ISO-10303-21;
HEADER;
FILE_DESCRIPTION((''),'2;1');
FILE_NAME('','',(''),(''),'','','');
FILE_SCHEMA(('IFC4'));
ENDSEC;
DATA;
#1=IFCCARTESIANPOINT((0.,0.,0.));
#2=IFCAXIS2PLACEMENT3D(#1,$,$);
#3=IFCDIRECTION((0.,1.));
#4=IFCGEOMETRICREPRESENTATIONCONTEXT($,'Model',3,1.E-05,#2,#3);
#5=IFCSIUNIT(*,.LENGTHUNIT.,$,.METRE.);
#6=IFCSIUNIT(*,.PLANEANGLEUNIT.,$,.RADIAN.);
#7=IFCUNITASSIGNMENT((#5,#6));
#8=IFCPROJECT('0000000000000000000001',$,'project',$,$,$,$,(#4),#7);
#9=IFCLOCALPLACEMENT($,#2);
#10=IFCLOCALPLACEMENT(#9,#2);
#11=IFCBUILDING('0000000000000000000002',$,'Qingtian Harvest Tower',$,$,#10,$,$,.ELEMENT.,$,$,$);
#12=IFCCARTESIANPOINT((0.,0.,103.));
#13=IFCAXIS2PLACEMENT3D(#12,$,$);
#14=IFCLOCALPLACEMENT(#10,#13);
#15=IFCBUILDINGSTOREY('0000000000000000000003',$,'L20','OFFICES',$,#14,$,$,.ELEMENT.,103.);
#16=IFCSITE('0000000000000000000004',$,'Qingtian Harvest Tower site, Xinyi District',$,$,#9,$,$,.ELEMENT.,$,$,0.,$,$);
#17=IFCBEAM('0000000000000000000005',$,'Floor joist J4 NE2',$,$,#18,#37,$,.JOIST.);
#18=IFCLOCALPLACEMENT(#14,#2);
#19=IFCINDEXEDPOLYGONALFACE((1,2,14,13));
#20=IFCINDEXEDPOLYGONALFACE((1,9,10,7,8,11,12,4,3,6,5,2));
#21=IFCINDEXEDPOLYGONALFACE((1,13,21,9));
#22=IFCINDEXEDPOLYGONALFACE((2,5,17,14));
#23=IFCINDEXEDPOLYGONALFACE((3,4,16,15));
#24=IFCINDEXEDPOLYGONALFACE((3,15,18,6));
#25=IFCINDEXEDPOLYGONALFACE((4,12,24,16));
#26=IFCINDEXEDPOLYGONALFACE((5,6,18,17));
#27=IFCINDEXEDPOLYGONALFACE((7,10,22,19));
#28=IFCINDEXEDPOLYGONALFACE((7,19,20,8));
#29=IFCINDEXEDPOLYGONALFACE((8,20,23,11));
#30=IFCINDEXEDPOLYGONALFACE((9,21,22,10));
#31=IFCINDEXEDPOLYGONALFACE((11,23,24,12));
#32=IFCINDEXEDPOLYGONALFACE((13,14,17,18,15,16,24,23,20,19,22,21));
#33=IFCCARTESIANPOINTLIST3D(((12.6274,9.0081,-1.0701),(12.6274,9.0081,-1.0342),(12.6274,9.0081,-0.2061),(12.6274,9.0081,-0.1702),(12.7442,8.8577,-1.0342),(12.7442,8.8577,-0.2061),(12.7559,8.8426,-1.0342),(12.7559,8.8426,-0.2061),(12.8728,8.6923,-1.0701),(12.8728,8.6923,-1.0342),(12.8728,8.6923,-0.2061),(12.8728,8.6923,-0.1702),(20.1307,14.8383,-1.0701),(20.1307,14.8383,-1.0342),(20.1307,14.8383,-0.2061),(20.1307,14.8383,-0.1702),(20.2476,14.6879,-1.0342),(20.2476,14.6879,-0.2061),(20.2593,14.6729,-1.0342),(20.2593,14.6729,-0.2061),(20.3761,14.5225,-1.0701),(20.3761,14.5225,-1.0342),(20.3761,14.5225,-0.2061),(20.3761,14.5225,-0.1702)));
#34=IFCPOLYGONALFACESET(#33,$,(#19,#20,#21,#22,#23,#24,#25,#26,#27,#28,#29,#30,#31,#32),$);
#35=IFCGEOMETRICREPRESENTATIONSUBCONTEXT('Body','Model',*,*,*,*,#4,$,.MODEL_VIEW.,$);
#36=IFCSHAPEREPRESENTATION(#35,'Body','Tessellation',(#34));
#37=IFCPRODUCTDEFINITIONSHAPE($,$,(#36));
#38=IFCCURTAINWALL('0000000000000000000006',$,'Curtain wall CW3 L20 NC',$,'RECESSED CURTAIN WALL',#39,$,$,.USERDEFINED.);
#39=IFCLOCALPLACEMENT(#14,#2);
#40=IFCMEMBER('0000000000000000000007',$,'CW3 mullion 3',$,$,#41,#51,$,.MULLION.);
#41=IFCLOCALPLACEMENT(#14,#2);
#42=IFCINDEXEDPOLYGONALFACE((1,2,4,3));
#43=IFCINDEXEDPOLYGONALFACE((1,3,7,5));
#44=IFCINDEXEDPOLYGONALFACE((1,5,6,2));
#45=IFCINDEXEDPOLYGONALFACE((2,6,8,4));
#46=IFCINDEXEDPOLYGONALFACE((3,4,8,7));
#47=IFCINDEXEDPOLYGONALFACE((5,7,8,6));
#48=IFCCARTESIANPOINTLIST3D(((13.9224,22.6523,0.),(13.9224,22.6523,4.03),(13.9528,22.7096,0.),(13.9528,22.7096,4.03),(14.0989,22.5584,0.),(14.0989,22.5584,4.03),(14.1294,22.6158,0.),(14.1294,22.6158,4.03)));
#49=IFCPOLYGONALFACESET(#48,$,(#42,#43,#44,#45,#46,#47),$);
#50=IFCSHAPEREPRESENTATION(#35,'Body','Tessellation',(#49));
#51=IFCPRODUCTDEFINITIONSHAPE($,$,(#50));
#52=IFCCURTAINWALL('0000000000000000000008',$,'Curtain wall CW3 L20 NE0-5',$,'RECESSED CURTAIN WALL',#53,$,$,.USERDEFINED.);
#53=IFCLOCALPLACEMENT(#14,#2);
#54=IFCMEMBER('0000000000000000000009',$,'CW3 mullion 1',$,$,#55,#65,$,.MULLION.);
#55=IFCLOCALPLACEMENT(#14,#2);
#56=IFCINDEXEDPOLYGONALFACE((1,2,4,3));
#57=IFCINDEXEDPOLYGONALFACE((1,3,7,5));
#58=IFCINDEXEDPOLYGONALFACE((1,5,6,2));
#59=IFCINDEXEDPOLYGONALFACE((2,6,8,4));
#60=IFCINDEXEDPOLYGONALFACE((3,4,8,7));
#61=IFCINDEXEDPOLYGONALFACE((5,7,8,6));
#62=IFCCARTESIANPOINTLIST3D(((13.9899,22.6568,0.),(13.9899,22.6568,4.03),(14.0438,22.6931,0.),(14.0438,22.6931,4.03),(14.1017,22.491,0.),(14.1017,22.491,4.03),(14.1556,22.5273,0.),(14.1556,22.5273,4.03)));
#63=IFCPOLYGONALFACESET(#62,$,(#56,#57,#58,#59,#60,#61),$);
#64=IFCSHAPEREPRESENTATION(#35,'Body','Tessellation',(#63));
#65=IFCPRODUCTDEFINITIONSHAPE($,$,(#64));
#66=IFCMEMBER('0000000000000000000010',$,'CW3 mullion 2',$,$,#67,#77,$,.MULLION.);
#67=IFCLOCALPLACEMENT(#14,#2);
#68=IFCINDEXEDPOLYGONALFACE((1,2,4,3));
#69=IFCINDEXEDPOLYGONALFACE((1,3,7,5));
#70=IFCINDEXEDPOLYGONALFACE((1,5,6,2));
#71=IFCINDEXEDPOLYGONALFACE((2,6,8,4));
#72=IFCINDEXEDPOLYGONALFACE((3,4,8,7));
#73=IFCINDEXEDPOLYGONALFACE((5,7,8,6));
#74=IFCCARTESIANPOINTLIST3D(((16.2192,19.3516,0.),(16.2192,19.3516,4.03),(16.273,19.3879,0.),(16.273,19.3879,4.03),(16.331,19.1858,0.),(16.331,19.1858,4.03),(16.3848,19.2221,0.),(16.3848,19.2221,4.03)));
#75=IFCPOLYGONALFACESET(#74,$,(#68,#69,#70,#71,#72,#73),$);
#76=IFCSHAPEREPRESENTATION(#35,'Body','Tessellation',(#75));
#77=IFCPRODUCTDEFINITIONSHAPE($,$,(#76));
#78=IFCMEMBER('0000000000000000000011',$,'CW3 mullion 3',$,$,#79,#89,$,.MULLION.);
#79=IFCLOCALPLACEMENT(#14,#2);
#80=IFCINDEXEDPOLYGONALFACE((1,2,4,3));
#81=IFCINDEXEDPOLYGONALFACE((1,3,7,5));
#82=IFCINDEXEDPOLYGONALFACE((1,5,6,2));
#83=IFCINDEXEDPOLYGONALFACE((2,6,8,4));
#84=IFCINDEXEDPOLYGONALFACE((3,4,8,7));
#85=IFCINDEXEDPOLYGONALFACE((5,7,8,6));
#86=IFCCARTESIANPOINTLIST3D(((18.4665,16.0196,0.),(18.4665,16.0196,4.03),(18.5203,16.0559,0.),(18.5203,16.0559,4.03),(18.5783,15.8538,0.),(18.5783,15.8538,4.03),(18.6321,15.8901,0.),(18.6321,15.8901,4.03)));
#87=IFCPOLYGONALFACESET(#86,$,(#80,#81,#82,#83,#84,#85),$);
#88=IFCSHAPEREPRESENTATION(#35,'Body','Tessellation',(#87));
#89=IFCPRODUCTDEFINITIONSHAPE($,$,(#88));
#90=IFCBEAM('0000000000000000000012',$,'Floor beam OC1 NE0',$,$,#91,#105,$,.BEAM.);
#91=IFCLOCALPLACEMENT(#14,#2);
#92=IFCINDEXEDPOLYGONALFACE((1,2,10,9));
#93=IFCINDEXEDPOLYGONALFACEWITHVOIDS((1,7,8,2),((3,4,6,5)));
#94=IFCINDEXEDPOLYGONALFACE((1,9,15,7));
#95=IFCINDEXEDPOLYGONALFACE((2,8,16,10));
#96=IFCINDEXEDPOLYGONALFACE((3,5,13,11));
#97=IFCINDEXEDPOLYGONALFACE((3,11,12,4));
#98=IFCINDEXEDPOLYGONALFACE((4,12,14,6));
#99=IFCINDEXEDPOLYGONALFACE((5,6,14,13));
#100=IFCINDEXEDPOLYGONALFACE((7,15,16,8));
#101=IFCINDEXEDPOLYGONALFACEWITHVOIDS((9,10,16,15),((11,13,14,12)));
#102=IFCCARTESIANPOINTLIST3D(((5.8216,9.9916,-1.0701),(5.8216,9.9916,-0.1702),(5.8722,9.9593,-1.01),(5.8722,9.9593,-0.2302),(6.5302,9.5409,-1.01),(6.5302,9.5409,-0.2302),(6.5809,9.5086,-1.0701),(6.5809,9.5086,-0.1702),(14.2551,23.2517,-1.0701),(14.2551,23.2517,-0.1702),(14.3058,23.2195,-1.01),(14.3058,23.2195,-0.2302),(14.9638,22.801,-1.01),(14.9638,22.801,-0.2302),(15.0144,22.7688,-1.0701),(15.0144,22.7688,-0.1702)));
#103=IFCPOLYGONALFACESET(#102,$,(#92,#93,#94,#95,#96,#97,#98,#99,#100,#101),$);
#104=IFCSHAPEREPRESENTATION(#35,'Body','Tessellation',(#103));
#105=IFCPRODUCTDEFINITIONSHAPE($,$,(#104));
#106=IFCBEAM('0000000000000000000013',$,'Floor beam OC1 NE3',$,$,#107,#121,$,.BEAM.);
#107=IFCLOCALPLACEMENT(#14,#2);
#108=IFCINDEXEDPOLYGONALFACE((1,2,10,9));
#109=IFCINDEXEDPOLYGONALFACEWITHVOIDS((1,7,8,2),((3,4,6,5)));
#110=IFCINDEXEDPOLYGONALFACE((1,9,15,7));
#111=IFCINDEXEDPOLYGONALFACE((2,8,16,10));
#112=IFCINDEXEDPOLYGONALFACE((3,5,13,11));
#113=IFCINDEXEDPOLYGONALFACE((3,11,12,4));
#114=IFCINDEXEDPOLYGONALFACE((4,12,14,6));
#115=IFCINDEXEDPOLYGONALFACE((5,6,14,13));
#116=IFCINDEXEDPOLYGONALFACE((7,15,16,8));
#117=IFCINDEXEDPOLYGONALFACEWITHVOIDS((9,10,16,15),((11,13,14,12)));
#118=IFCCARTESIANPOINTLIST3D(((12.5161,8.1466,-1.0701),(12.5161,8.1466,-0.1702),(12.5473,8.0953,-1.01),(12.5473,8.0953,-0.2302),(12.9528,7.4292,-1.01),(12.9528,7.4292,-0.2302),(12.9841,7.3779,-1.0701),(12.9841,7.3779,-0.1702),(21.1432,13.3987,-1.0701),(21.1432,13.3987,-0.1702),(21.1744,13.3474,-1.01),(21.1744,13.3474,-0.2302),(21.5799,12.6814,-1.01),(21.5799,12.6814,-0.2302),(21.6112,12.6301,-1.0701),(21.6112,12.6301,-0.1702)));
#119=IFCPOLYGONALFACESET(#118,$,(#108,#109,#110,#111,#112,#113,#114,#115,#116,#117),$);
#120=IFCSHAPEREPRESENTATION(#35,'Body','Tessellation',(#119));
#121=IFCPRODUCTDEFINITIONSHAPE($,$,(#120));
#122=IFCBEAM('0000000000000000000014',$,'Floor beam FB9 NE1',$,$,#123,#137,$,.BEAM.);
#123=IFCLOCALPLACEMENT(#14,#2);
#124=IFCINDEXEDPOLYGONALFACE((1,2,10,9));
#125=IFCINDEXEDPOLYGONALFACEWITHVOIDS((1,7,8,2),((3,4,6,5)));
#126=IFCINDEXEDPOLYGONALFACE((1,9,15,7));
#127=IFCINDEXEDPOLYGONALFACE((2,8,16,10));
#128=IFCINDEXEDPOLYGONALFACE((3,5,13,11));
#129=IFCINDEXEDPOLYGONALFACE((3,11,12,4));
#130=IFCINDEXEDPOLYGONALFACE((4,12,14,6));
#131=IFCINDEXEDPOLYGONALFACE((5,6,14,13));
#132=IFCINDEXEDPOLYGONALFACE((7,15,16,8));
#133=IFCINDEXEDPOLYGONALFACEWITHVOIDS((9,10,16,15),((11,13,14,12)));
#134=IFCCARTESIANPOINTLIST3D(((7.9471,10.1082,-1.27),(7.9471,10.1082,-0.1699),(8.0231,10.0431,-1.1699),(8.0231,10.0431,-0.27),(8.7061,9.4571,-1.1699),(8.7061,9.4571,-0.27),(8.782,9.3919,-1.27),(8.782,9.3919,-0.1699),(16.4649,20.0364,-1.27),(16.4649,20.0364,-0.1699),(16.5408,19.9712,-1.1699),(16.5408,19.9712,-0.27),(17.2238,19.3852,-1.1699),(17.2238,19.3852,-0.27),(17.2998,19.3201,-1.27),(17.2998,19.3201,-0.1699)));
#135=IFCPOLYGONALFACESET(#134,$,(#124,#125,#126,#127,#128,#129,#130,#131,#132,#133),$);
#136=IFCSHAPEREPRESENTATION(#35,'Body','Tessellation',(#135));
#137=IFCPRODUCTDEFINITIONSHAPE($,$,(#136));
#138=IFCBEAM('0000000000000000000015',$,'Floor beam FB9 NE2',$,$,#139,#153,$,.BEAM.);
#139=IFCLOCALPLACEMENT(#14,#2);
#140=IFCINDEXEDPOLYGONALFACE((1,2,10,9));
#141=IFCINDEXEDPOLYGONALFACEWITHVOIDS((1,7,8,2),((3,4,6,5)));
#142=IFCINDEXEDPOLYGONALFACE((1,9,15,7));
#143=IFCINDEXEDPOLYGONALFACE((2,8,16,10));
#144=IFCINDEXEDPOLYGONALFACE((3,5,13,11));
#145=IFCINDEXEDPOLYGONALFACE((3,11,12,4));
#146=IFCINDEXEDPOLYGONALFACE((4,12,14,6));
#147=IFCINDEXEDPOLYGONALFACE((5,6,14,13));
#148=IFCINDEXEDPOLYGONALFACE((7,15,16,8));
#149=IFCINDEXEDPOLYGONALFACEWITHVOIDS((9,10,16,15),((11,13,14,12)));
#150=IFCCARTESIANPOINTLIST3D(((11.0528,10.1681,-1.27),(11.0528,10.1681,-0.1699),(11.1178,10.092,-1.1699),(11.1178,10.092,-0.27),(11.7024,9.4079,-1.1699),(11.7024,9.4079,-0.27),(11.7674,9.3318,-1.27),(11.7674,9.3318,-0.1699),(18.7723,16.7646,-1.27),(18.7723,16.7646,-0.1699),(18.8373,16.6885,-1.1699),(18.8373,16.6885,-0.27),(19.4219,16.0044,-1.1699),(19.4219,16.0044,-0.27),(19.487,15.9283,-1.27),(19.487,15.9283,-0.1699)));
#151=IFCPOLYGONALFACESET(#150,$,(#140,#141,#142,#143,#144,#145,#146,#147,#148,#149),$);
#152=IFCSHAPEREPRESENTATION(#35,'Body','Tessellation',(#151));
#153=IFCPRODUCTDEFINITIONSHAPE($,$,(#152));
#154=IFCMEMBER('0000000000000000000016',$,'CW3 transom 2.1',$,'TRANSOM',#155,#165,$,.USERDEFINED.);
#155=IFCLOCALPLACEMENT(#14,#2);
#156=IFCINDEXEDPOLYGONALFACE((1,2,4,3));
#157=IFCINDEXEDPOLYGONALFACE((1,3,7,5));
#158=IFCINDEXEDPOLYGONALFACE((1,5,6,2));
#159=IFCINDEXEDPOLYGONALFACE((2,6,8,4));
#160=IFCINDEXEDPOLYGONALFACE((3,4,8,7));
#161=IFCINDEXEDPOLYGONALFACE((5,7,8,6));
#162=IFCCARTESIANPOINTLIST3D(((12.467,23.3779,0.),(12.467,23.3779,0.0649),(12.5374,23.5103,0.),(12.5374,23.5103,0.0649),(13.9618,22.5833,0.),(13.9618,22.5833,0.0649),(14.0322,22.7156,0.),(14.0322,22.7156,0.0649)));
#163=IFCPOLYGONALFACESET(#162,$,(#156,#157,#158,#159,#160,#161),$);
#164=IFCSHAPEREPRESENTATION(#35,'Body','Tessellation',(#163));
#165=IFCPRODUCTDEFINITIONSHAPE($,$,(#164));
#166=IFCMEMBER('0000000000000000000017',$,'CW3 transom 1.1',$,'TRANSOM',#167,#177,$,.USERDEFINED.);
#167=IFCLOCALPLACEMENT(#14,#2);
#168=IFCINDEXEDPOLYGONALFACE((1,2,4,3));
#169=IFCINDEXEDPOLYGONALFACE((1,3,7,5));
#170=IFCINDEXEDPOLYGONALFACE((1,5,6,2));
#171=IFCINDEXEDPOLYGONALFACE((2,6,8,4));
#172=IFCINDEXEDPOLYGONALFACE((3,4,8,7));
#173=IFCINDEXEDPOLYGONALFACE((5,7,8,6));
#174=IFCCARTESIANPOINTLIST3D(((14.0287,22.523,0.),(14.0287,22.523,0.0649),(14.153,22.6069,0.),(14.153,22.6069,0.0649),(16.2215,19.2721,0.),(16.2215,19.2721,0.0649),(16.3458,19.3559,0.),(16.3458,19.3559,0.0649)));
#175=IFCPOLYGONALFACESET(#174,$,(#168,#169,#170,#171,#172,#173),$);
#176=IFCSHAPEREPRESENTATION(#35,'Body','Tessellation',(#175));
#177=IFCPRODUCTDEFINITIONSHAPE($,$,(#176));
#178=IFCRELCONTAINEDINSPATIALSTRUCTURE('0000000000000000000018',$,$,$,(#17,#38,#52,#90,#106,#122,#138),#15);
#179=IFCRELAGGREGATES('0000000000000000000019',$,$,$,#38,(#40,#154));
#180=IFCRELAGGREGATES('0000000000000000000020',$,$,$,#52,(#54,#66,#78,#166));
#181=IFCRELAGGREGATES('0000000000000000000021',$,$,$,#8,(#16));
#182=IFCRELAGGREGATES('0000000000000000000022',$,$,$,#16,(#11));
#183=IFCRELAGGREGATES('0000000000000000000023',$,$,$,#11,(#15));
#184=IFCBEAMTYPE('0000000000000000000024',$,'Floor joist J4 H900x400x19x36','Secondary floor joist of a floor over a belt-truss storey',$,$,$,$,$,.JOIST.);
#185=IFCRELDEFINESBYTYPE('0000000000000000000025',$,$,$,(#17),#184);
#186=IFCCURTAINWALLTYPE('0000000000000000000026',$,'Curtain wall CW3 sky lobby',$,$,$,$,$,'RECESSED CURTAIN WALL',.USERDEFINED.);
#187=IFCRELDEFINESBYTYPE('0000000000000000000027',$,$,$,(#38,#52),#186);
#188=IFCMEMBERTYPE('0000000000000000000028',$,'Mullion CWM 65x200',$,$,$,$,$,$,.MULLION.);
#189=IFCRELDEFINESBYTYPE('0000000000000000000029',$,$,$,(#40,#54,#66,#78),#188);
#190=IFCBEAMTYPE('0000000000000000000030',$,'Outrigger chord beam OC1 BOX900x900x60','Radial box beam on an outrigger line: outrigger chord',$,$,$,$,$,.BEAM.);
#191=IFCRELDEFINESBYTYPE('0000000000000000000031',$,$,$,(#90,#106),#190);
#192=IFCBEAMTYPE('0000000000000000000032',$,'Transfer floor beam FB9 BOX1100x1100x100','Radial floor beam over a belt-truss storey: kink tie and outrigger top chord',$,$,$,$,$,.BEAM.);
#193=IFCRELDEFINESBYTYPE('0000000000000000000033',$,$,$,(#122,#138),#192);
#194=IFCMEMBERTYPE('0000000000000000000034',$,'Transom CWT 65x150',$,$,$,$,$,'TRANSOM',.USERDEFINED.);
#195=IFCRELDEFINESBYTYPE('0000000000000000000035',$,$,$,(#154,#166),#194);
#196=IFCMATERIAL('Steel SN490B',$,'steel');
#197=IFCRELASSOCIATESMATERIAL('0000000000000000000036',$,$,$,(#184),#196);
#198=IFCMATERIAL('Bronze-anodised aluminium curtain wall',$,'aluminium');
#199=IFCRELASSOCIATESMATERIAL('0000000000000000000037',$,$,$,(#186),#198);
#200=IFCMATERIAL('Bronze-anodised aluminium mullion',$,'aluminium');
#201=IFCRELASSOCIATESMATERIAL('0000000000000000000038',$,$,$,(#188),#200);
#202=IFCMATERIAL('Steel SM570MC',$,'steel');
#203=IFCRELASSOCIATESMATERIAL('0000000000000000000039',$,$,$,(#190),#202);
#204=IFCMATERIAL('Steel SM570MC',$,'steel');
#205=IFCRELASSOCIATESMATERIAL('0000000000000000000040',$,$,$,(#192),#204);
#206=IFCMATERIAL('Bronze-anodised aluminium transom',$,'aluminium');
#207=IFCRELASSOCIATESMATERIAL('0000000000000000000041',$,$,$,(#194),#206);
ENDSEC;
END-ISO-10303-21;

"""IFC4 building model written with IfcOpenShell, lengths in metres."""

from ifc_helpers import new_model, si_unit, direction, frame, origin, origin_2d, place, context, subcontext, project, spatial, rectangle, hollow_rectangle, i_section, extrude, material, material_profile, profile_set, type_object, element, aggregate, save


model = new_model("IFC4")

# Units and contexts
model_context = context("Model", 3, precision=1e-05, world=origin(), true_north=direction((0.0, 1.0)))
body_context = subcontext(model_context, "Body", "Model", "MODEL_VIEW")
ifc_project = project(units=[si_unit("LENGTHUNIT", "METRE"), si_unit("PLANEANGLEUNIT", "RADIAN")], contexts=[model_context])

# Site, building, storey
site_placement = place(None, origin())
site = spatial("IfcSite", under=ifc_project, at=site_placement, Name="Qingtian Harvest Tower site, Xinyi District", CompositionType="ELEMENT", RefElevation=0.0)
building_placement = place(site_placement, origin())
building = spatial("IfcBuilding", under=site, at=building_placement, Name="Qingtian Harvest Tower", CompositionType="ELEMENT")
storey_placement = place(building_placement, frame((0.0, 0.0, 103.0)))
storey = spatial("IfcBuildingStorey", under=building, at=storey_placement, Name="L20", Description="OFFICES", CompositionType="ELEMENT", Elevation=103.0)

# Beam
ifc_material_1 = material(Name="Steel SN490B", Category="steel")
ifc_material_profile_1 = material_profile(ifc_material_1, i_section(OverallWidth=0.3999, OverallDepth=0.8999, WebThickness=0.019, FlangeThickness=0.0359, at=origin_2d()), Name="H900x400x19x36")
ifc_profile_set_1 = profile_set([ifc_material_profile_1], Name="Steel SN490B")
beam_type_1 = type_object("IfcBeamType", Name="Floor joist J4 H900x400x19x36", Description="Secondary floor joist of a floor over a belt-truss storey", PredefinedType="JOIST", material=ifc_profile_set_1)
beam_1_placement = place(storey_placement, frame((20.2534, 14.6804, -0.6201), z_axis=(-0.789641, -0.613569, 0.0), x_axis=(0.613569, -0.789641, 0.0)))
element("IfcBeam", 1, at=beam_1_placement, inside=storey, type_object=beam_type_1, Name="Floor joist J4 NE2", PredefinedType="JOIST", context=body_context, shape_type="SweptSolid", body=[
    extrude(i_section(OverallWidth=0.3999, OverallDepth=0.8999, WebThickness=0.019, FlangeThickness=0.0359, at=origin_2d()), origin(), (0.0, 0.0, 1.0), 9.5022),
])

# Curtain wall, member
ifc_material_2 = material(Name="Bronze-anodised aluminium curtain wall", Category="aluminium")
curtain_wall_type = type_object("IfcCurtainWallType", Name="Curtain wall CW3 sky lobby", ElementType="RECESSED CURTAIN WALL", PredefinedType="USERDEFINED", material=ifc_material_2)
curtain_wall_1_placement = place(storey_placement, origin())
curtain_wall_1 = element("IfcCurtainWall", 2, at=curtain_wall_1_placement, inside=storey, type_object=curtain_wall_type, Name="Curtain wall CW3 L20 NC", ObjectType="RECESSED CURTAIN WALL", PredefinedType="USERDEFINED")
ifc_material_3 = material(Name="Bronze-anodised aluminium mullion", Category="aluminium")
ifc_material_profile_2 = material_profile(ifc_material_3, rectangle(XDim=0.0649, YDim=0.2, at=origin_2d()), Name="AL 65x200")
ifc_profile_set_2 = profile_set([ifc_material_profile_2], Name="Bronze-anodised aluminium mullion")
member_type_1 = type_object("IfcMemberType", Name="Mullion CWM 65x200", PredefinedType="MULLION", material=ifc_profile_set_2)
member_1_placement = place(storey_placement, frame((14.0259, 22.634, 0.0), z_axis=(0.0, 0.0, 1.0), x_axis=(0.469472, 0.882948, 0.0)))
member_1 = element("IfcMember", 3, at=member_1_placement, type_object=member_type_1, Name="CW3 mullion 3", PredefinedType="MULLION", context=body_context, shape_type="SweptSolid", body=[
    extrude(rectangle(XDim=0.0649, YDim=0.2, at=origin_2d()), origin(), (0.0, 0.0, 1.0), 4.03),
])

# Curtain wall, members
curtain_wall_2_placement = place(storey_placement, origin())
curtain_wall_2 = element("IfcCurtainWall", 4, at=curtain_wall_2_placement, inside=storey, type_object=curtain_wall_type, Name="Curtain wall CW3 L20 NE0-5", ObjectType="RECESSED CURTAIN WALL", PredefinedType="USERDEFINED")
member_2_placement = place(storey_placement, frame((14.0728, 22.592, 0.0), z_axis=(0.0, 0.0, 1.0), x_axis=(0.829038, 0.559193, 0.0)))
member_2 = element("IfcMember", 5, at=member_2_placement, type_object=member_type_1, Name="CW3 mullion 1", PredefinedType="MULLION", context=body_context, shape_type="SweptSolid", body=[
    extrude(rectangle(XDim=0.0649, YDim=0.2, at=origin_2d()), origin(), (0.0, 0.0, 1.0), 4.03),
])
member_3_placement = place(storey_placement, frame((16.302, 19.2869, 0.0), z_axis=(0.0, 0.0, 1.0), x_axis=(0.829038, 0.559193, 0.0)))
member_3 = element("IfcMember", 6, at=member_3_placement, type_object=member_type_1, Name="CW3 mullion 2", PredefinedType="MULLION", context=body_context, shape_type="SweptSolid", body=[
    extrude(rectangle(XDim=0.0649, YDim=0.2, at=origin_2d()), origin(), (0.0, 0.0, 1.0), 4.03),
])
member_4_placement = place(storey_placement, frame((18.5493, 15.9548, 0.0), z_axis=(0.0, 0.0, 1.0), x_axis=(0.829038, 0.559193, 0.0)))
member_4 = element("IfcMember", 7, at=member_4_placement, type_object=member_type_1, Name="CW3 mullion 3", PredefinedType="MULLION", context=body_context, shape_type="SweptSolid", body=[
    extrude(rectangle(XDim=0.0649, YDim=0.2, at=origin_2d()), origin(), (0.0, 0.0, 1.0), 4.03),
])

# Beams
ifc_material_4 = material(Name="Steel SM570MC", Category="steel")
ifc_material_profile_3 = material_profile(ifc_material_4, hollow_rectangle(XDim=0.8999, YDim=0.8999, WallThickness=0.0601, at=origin_2d()), Name="BOX900x900x60")
ifc_profile_set_3 = profile_set([ifc_material_profile_3], Name="Steel SM570MC")
beam_type_2 = type_object("IfcBeamType", Name="Outrigger chord beam OC1 BOX900x900x60", Description="Radial box beam on an outrigger line: outrigger chord", PredefinedType="BEAM", material=ifc_profile_set_3)
beam_2_placement = place(storey_placement, frame((14.6348, 23.0103, -0.6201), z_axis=(-0.53666, -0.843798, 0.0), x_axis=(0.843798, -0.53666, 0.0)))
element("IfcBeam", 8, at=beam_2_placement, inside=storey, type_object=beam_type_2, Name="Floor beam OC1 NE0", PredefinedType="BEAM", context=body_context, shape_type="SweptSolid", body=[
    extrude(hollow_rectangle(XDim=0.8999, YDim=0.8999, WallThickness=0.0601, at=origin_2d()), origin(), (0.0, 0.0, 1.0), 15.7148),
])
beam_3_placement = place(storey_placement, frame((21.3772, 13.0144, -0.6201), z_axis=(-0.854161, -0.520009, 0.0), x_axis=(0.520009, -0.854161, 0.0)))
element("IfcBeam", 9, at=beam_3_placement, inside=storey, type_object=beam_type_2, Name="Floor beam OC1 NE3", PredefinedType="BEAM", context=body_context, shape_type="SweptSolid", body=[
    extrude(hollow_rectangle(XDim=0.8999, YDim=0.8999, WallThickness=0.0601, at=origin_2d()), origin(), (0.0, 0.0, 1.0), 10.1001),
])
ifc_material_5 = material(Name="Steel SM570MC", Category="steel")
ifc_material_profile_4 = material_profile(ifc_material_5, hollow_rectangle(XDim=1.1001, YDim=1.1001, WallThickness=0.1001, at=origin_2d()), Name="BOX1100x1100x100")
ifc_profile_set_4 = profile_set([ifc_material_profile_4], Name="Steel SM570MC")
beam_type_3 = type_object("IfcBeamType", Name="Transfer floor beam FB9 BOX1100x1100x100", Description="Radial floor beam over a belt-truss storey: kink tie and outrigger top chord", PredefinedType="BEAM", material=ifc_profile_set_4)
beam_4_placement = place(storey_placement, frame((16.8823, 19.6782, -0.72), z_axis=(-0.65114, -0.758957, 0.0), x_axis=(0.758957, -0.65114, 0.0)))
element("IfcBeam", 10, at=beam_4_placement, inside=storey, type_object=beam_type_3, Name="Floor beam FB9 NE1", PredefinedType="BEAM", context=body_context, shape_type="SweptSolid", body=[
    extrude(hollow_rectangle(XDim=1.1001, YDim=1.1001, WallThickness=0.1001, at=origin_2d()), origin(), (0.0, 0.0, 1.0), 13.0813),
])
beam_5_placement = place(storey_placement, frame((19.1296, 16.3464, -0.72), z_axis=(-0.760242, -0.64964, 0.0), x_axis=(0.64964, -0.760242, 0.0)))
element("IfcBeam", 11, at=beam_5_placement, inside=storey, type_object=beam_type_3, Name="Floor beam FB9 NE2", PredefinedType="BEAM", context=body_context, shape_type="SweptSolid", body=[
    extrude(hollow_rectangle(XDim=1.1001, YDim=1.1001, WallThickness=0.1001, at=origin_2d()), origin(), (0.0, 0.0, 1.0), 10.1541),
])

# Members
ifc_material_6 = material(Name="Bronze-anodised aluminium transom", Category="aluminium")
ifc_material_profile_5 = material_profile(ifc_material_6, rectangle(XDim=0.1499, YDim=0.0649, at=origin_2d()), Name="AL 65x150")
ifc_profile_set_5 = profile_set([ifc_material_profile_5], Name="Bronze-anodised aluminium transom")
member_type_2 = type_object("IfcMemberType", Name="Transom CWT 65x150", ElementType="TRANSOM", PredefinedType="USERDEFINED", material=ifc_profile_set_5)
member_5_placement = place(storey_placement, frame((12.5022, 23.4441, 0.0325), z_axis=(0.882987, -0.469398, 0.0), x_axis=(0.469398, 0.882987, 0.0)))
member_5 = element("IfcMember", 12, at=member_5_placement, type_object=member_type_2, Name="CW3 transom 2.1", ObjectType="TRANSOM", PredefinedType="USERDEFINED", context=body_context, shape_type="SweptSolid", body=[
    extrude(rectangle(XDim=0.1499, YDim=0.0649, at=origin_2d()), origin(), (0.0, 0.0, 1.0), 1.6929),
])
member_6_placement = place(storey_placement, frame((14.0908, 22.5649, 0.0325), z_axis=(0.559203, -0.829031, 0.0), x_axis=(0.829031, 0.559203, 0.0)))
member_6 = element("IfcMember", 13, at=member_6_placement, type_object=member_type_2, Name="CW3 transom 1.1", ObjectType="TRANSOM", PredefinedType="USERDEFINED", context=body_context, shape_type="SweptSolid", body=[
    extrude(rectangle(XDim=0.1499, YDim=0.0649, at=origin_2d()), origin(), (0.0, 0.0, 1.0), 3.9214),
])

aggregate(curtain_wall_1, [member_1, member_5])
aggregate(curtain_wall_2, [member_2, member_3, member_4, member_6])

save(model, "model.ifc")
